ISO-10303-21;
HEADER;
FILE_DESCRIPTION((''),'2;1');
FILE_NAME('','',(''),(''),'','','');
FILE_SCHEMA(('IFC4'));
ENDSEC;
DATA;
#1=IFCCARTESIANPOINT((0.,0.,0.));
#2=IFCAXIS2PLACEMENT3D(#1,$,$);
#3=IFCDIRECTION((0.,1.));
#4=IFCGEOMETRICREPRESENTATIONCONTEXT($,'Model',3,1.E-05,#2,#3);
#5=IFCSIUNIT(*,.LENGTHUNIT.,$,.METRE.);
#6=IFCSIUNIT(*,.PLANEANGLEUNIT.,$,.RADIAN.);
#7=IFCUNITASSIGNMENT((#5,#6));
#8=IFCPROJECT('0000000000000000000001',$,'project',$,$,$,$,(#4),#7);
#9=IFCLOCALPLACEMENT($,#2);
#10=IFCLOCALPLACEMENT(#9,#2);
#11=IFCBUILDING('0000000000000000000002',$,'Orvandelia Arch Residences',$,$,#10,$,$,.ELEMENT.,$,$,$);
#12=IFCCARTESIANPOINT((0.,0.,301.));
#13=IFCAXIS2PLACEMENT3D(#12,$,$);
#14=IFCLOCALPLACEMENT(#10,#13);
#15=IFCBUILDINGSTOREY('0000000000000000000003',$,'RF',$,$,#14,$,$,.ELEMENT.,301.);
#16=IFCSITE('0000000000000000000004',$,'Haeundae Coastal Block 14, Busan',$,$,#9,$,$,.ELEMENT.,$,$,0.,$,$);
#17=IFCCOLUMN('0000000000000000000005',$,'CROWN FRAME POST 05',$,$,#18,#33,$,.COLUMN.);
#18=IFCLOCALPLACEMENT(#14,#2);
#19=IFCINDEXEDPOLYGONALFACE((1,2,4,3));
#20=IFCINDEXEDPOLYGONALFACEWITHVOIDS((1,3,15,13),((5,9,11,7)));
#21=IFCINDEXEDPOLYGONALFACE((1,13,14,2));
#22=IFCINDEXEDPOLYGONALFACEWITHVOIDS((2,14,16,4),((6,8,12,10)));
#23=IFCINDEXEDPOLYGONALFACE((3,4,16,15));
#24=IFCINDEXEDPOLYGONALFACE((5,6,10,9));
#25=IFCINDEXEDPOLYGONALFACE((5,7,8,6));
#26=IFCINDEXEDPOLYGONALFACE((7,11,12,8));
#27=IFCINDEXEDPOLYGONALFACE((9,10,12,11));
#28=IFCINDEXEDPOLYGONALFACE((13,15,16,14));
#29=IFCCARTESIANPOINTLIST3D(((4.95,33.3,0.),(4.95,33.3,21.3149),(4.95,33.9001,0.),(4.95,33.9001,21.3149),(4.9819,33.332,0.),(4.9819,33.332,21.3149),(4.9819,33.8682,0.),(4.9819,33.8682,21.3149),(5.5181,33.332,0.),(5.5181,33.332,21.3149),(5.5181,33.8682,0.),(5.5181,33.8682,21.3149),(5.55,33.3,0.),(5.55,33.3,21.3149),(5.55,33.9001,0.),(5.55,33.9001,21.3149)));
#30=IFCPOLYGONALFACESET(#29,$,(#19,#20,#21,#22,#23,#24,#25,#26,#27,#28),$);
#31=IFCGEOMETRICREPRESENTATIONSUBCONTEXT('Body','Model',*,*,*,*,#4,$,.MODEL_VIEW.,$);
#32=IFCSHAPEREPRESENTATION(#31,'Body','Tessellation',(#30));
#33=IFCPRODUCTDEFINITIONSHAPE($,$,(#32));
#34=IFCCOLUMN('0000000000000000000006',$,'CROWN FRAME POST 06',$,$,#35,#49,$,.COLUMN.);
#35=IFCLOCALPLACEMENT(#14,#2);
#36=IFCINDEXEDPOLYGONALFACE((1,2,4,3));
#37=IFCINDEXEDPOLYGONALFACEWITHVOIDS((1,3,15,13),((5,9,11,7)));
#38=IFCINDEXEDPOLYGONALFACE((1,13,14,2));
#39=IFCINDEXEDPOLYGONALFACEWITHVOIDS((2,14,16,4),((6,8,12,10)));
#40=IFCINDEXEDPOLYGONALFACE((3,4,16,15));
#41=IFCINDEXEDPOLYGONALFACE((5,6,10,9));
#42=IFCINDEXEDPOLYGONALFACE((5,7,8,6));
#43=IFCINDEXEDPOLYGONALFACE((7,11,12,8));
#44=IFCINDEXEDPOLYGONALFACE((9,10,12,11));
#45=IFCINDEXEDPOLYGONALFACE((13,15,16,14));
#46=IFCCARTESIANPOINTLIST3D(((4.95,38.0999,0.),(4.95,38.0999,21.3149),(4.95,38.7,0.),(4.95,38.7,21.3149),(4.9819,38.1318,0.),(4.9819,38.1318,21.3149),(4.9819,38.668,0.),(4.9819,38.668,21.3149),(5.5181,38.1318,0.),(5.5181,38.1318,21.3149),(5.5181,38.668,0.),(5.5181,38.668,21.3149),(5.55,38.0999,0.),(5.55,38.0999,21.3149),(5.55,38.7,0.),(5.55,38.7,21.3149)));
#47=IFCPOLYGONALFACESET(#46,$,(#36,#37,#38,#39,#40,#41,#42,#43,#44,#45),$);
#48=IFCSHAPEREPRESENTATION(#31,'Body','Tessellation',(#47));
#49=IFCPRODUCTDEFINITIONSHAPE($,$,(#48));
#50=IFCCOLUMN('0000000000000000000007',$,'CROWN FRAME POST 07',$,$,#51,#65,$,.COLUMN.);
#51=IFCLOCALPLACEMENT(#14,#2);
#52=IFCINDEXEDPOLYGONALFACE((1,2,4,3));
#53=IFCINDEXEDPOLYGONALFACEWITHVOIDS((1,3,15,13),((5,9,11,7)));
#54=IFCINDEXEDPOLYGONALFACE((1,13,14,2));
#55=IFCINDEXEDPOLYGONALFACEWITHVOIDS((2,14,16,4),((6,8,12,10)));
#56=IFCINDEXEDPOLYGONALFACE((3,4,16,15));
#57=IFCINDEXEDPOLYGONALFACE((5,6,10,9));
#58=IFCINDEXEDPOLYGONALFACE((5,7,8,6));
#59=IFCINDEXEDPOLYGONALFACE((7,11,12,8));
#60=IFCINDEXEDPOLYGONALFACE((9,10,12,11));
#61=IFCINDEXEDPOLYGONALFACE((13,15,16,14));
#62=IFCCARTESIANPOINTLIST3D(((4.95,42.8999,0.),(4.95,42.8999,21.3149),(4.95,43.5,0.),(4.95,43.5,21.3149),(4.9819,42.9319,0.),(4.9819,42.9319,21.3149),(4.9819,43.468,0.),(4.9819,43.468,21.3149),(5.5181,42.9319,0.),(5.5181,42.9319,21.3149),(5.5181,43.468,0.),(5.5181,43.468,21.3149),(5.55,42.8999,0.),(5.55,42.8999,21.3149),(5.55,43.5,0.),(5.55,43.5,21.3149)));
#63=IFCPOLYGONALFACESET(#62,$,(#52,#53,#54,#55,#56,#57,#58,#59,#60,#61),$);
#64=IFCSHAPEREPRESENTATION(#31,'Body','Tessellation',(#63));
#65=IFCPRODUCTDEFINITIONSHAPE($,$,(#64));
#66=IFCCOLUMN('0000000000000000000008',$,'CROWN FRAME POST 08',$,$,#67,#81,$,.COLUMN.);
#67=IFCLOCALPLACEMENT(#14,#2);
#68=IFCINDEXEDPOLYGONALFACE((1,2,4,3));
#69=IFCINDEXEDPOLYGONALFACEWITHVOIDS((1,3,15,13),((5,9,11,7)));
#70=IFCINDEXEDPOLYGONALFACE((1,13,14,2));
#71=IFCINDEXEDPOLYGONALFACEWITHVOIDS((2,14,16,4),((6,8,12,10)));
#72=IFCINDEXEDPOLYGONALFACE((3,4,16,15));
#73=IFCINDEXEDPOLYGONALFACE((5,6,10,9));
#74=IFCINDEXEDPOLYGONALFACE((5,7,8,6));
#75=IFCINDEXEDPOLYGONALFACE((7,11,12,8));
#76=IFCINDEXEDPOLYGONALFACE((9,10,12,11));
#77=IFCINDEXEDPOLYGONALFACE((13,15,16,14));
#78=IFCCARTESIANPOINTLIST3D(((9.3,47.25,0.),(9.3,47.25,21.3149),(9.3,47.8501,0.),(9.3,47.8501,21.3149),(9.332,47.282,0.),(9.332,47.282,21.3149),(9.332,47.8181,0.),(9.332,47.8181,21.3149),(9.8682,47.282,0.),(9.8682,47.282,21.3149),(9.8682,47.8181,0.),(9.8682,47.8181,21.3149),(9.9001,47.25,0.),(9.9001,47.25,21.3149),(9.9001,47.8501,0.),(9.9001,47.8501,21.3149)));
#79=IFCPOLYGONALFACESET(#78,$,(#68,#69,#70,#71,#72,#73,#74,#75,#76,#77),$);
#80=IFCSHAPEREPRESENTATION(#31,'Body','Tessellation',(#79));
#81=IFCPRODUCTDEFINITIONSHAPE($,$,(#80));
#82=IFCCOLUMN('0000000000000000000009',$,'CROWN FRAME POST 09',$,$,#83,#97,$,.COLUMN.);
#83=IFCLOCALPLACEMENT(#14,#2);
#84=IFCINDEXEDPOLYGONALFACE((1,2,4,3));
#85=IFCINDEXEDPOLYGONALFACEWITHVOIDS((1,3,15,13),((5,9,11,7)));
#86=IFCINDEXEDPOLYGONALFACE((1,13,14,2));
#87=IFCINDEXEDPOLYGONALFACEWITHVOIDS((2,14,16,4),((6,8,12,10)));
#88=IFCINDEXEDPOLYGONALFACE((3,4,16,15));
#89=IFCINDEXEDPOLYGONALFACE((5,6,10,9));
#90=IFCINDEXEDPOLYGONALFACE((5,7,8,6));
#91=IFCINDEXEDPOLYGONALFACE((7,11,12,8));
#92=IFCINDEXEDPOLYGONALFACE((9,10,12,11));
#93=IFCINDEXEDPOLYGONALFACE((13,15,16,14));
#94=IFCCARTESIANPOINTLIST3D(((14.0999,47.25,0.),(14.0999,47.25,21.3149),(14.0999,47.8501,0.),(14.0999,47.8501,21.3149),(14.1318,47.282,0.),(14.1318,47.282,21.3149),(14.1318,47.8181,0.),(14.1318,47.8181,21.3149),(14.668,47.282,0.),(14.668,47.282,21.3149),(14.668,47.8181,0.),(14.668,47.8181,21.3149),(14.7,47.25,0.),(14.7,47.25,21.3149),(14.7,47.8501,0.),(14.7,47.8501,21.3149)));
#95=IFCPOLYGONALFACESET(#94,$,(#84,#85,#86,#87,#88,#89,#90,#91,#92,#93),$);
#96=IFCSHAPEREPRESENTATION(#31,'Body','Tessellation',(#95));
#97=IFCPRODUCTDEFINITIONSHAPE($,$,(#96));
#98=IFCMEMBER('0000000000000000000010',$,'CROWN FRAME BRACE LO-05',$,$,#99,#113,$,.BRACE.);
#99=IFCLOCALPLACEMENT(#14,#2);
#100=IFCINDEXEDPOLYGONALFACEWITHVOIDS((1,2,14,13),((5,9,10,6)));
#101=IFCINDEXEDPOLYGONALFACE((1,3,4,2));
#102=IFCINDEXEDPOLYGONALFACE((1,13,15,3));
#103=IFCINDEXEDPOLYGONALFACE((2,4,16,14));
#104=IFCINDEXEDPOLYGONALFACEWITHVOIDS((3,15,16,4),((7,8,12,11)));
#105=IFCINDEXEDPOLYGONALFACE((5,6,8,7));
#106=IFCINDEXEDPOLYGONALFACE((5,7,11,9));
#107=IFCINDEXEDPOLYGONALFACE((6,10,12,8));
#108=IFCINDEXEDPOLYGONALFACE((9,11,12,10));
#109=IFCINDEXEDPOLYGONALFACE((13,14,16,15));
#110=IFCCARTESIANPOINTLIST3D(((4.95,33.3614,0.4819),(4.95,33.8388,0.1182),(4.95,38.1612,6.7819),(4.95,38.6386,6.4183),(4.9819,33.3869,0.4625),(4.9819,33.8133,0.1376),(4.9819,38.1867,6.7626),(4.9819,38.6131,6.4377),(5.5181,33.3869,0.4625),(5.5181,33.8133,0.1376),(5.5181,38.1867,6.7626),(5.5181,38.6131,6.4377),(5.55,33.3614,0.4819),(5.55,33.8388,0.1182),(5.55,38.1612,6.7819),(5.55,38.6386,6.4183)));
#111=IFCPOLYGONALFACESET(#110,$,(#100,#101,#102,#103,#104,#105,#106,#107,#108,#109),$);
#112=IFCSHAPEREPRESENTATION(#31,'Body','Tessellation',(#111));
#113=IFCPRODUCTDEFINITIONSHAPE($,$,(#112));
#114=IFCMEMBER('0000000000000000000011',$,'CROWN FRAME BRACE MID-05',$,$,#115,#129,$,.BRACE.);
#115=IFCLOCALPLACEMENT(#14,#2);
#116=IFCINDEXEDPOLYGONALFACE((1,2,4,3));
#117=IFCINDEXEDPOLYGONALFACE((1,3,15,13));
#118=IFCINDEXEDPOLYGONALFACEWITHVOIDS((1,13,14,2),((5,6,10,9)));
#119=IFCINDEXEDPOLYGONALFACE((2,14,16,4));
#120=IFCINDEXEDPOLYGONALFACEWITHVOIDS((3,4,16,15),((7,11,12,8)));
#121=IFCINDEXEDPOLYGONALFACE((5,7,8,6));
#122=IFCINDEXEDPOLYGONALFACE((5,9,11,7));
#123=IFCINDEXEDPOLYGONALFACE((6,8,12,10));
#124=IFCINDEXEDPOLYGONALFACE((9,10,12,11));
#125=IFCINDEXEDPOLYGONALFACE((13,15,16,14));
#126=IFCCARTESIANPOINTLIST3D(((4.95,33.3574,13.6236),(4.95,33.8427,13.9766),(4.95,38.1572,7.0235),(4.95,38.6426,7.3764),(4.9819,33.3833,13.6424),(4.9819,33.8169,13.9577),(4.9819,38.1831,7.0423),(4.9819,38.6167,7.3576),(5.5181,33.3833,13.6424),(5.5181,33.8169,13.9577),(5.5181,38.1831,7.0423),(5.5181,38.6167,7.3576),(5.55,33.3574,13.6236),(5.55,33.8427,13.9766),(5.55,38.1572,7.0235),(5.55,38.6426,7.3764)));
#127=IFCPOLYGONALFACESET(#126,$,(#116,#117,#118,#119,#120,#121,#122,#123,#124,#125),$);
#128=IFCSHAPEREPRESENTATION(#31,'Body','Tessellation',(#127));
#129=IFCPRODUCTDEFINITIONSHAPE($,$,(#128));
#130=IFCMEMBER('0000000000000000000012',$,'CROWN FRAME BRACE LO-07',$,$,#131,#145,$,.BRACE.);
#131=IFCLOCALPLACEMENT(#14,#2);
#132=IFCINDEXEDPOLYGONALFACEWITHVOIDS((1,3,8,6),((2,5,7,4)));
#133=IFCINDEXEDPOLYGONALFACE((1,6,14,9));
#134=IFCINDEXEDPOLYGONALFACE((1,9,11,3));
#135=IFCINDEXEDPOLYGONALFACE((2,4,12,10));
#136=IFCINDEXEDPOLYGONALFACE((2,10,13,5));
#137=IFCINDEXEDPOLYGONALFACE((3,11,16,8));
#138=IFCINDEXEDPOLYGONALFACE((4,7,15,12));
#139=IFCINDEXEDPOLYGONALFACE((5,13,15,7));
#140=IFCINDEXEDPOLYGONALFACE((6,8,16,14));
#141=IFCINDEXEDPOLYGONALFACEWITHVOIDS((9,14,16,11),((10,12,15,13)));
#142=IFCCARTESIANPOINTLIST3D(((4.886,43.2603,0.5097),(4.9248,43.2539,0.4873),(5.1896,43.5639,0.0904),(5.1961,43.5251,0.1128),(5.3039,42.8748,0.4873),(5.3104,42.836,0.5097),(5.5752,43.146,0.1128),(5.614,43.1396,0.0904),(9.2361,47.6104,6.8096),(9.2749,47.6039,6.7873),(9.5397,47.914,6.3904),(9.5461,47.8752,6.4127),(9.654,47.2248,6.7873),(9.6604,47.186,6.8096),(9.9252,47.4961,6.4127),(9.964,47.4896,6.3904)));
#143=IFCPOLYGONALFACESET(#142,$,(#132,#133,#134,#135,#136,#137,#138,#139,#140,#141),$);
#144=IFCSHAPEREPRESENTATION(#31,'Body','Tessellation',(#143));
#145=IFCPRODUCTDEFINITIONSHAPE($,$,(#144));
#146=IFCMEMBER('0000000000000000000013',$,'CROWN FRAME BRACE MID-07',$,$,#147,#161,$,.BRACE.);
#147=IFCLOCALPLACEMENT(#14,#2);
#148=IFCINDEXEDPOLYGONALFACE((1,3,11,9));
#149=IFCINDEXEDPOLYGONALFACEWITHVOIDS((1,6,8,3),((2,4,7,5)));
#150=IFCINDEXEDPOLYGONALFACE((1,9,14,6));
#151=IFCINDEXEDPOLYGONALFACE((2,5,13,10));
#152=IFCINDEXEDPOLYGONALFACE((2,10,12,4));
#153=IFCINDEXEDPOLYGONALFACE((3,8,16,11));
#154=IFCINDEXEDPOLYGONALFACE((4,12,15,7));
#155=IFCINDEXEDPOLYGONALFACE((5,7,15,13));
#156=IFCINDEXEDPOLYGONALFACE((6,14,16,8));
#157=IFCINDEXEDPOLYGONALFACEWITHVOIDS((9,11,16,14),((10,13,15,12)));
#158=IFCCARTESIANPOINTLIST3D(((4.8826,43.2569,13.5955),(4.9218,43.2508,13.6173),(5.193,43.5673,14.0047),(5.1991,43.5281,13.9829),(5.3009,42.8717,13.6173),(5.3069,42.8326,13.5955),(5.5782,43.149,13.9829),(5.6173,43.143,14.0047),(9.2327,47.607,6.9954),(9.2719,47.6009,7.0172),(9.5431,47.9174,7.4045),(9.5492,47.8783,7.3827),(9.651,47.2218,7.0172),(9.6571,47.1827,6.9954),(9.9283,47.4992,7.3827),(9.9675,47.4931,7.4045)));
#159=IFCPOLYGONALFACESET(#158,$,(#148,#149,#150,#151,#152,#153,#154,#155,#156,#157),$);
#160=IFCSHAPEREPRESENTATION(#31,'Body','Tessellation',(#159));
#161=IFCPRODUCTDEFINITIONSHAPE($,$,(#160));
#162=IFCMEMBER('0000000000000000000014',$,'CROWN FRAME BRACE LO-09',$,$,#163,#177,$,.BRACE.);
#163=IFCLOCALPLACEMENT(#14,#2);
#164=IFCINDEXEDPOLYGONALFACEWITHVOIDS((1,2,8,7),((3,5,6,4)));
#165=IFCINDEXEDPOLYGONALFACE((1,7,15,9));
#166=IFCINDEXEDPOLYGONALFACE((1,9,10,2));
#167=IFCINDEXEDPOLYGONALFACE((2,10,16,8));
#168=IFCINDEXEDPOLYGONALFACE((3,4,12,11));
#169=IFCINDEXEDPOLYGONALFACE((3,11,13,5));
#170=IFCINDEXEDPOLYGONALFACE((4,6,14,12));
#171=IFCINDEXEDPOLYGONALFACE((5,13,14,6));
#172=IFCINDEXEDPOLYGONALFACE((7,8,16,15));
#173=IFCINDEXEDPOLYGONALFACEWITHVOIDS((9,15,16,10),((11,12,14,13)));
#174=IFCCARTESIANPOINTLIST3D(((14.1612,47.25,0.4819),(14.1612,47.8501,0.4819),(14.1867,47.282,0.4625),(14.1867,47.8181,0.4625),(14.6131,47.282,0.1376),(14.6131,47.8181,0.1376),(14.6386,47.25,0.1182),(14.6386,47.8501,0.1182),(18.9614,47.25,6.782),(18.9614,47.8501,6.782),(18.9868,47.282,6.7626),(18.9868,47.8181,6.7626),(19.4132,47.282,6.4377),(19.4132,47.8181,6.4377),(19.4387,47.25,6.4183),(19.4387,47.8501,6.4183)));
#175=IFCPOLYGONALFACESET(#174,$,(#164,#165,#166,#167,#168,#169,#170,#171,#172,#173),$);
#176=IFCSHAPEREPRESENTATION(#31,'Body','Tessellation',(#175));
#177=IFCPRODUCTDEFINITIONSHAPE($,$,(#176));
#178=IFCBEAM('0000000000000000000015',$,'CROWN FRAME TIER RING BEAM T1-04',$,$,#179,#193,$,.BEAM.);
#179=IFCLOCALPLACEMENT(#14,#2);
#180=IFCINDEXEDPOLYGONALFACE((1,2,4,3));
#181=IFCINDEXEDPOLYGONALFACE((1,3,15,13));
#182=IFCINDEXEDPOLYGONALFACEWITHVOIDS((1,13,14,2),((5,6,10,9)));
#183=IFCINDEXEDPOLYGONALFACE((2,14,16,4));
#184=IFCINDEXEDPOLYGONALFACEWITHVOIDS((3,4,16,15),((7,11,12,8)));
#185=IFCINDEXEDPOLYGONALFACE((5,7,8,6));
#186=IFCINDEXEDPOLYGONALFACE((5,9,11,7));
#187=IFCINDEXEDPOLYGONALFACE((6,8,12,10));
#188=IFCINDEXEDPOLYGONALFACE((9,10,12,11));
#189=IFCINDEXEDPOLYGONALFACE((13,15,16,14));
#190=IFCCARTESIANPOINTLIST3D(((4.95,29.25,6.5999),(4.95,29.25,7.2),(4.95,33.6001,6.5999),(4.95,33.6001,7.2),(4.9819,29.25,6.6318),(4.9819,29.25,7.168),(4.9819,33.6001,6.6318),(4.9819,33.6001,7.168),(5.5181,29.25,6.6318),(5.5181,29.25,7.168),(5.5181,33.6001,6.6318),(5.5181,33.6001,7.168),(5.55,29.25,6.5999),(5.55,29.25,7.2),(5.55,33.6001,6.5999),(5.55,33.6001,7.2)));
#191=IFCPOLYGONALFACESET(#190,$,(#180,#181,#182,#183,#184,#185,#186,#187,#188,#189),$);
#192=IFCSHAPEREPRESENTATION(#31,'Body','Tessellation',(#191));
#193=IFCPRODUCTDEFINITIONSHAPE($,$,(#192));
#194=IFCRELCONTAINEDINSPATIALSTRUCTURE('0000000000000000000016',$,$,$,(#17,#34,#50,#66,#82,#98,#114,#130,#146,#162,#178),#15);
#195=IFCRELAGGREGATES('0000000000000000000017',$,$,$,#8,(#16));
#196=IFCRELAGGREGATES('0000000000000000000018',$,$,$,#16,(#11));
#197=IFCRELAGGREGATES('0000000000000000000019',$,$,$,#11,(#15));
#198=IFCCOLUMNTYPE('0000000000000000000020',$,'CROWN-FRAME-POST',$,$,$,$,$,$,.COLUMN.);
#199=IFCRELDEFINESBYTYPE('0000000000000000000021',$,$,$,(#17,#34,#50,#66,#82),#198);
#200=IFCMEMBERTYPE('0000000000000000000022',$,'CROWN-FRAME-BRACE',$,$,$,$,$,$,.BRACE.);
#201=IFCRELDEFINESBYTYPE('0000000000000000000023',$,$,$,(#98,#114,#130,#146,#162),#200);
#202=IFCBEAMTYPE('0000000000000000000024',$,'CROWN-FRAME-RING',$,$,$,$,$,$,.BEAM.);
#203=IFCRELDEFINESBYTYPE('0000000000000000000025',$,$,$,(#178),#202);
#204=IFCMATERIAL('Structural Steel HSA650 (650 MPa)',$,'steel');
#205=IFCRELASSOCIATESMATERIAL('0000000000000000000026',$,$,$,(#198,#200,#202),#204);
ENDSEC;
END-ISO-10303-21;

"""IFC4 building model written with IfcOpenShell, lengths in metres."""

from ifc_helpers import new_model, si_unit, direction, frame, origin, origin_2d, place, context, subcontext, project, spatial, hollow_rectangle, extrude, material, material_profile, profile_set, type_object, element, save


model = new_model("IFC4")

# Units and contexts
model_context = context("Model", 3, precision=1e-05, world=origin(), true_north=direction((0.0, 1.0)))
body_context = subcontext(model_context, "Body", "Model", "MODEL_VIEW")
ifc_project = project(units=[si_unit("LENGTHUNIT", "METRE"), si_unit("PLANEANGLEUNIT", "RADIAN")], contexts=[model_context])

# Site, building, storey
site_placement = place(None, origin())
site = spatial("IfcSite", under=ifc_project, at=site_placement, Name="Haeundae Coastal Block 14, Busan", CompositionType="ELEMENT", RefElevation=0.0)
building_placement = place(site_placement, origin())
building = spatial("IfcBuilding", under=site, at=building_placement, Name="Orvandelia Arch Residences", CompositionType="ELEMENT")
storey_placement = place(building_placement, frame((0.0, 0.0, 301.0)))
storey = spatial("IfcBuildingStorey", under=building, at=storey_placement, Name="RF", CompositionType="ELEMENT", Elevation=301.0)

# Columns
ifc_material_1 = material(Name="Structural Steel HSA650 (650 MPa)", Category="steel")
ifc_material_profile_1 = material_profile(ifc_material_1, hollow_rectangle(XDim=0.6001, YDim=0.6001, WallThickness=0.032, at=origin_2d()), Name="Structural Steel HSA650 (650 MPa)", Category="steel")
ifc_profile_set_1 = profile_set([ifc_material_profile_1], Name="Structural Steel HSA650 (650 MPa)")
column_type = type_object("IfcColumnType", Name="CROWN-FRAME-POST", PredefinedType="COLUMN", material=ifc_profile_set_1)
for number, where, z_axis, x_axis, name in (
    (1, (5.25, 33.6001, 0.0), (0.0, 0.0, 1.0), (1.0, 0.0, 0.0), "CROWN FRAME POST 05"),
    (2, (5.25, 38.3999, 0.0), (0.0, 0.0, 1.0), (1.0, 0.0, 0.0), "CROWN FRAME POST 06"),
    (3, (5.25, 43.2, 0.0), (0.0, 0.0, 1.0), (1.0, 0.0, 0.0), "CROWN FRAME POST 07"),
    (4, (9.6001, 47.55, 0.0), (0.0, 0.0, 1.0), (1.0, 0.0, 0.0), "CROWN FRAME POST 08"),
    (5, (14.3999, 47.55, 0.0), (0.0, 0.0, 1.0), (1.0, 0.0, 0.0), "CROWN FRAME POST 09"),
):
    element("IfcColumn", number, at=place(storey_placement, frame(where, z_axis=z_axis, x_axis=x_axis)), inside=storey, type_object=column_type, Name=name, PredefinedType="COLUMN", context=body_context, shape_type="SweptSolid", body=[
        extrude(hollow_rectangle(XDim=0.6001, YDim=0.6001, WallThickness=0.032, at=origin_2d()), origin(), (0.0, 0.0, 1.0), 21.3149),
    ])

# Members
ifc_material_profile_2 = material_profile(ifc_material_1, hollow_rectangle(XDim=0.6001, YDim=0.6001, WallThickness=0.032, at=origin_2d()), Name="Structural Steel HSA650 (650 MPa)", Category="steel")
ifc_profile_set_2 = profile_set([ifc_material_profile_2], Name="Structural Steel HSA650 (650 MPa)")
member_type = type_object("IfcMemberType", Name="CROWN-FRAME-BRACE", PredefinedType="BRACE", material=ifc_profile_set_2)
member_1_placement = place(storey_placement, frame((5.25, 33.6001, 0.3), z_axis=(0.0, 0.606025, 0.795446), x_axis=(-1.0, 0.0, 0.0)))
element("IfcMember", 6, at=member_1_placement, inside=storey, type_object=member_type, Name="CROWN FRAME BRACE LO-05", PredefinedType="BRACE", context=body_context, shape_type="SweptSolid", body=[
    extrude(hollow_rectangle(XDim=0.6001, YDim=0.6001, WallThickness=0.032, at=origin_2d()), origin(), (0.0, 0.0, 1.0), 7.9202),
])
member_2_placement = place(storey_placement, frame((5.25, 38.3999, 7.2), z_axis=(0.0, -0.58815, 0.808752), x_axis=(1.0, 0.0, 0.0)))
element("IfcMember", 7, at=member_2_placement, inside=storey, type_object=member_type, Name="CROWN FRAME BRACE MID-05", PredefinedType="BRACE", context=body_context, shape_type="SweptSolid", body=[
    extrude(hollow_rectangle(XDim=0.6001, YDim=0.6001, WallThickness=0.032, at=origin_2d()), origin(), (0.0, 0.0, 1.0), 8.1609),
])
member_3_placement = place(storey_placement, frame((5.25, 43.2, 0.3), z_axis=(0.494019, 0.494019, 0.715465), x_axis=(-0.707107, 0.707107, 0.0)))
element("IfcMember", 8, at=member_3_placement, inside=storey, type_object=member_type, Name="CROWN FRAME BRACE LO-07", PredefinedType="BRACE", context=body_context, shape_type="SweptSolid", body=[
    extrude(hollow_rectangle(XDim=0.6001, YDim=0.6001, WallThickness=0.032, at=origin_2d()), origin(), (0.0, 0.0, 1.0), 8.8054),
])
member_4_placement = place(storey_placement, frame((9.6001, 47.55, 7.2), z_axis=(-0.482131, -0.482131, 0.731504), x_axis=(0.707107, -0.707107, 0.0)))
element("IfcMember", 9, at=member_4_placement, inside=storey, type_object=member_type, Name="CROWN FRAME BRACE MID-07", PredefinedType="BRACE", context=body_context, shape_type="SweptSolid", body=[
    extrude(hollow_rectangle(XDim=0.6001, YDim=0.6001, WallThickness=0.032, at=origin_2d()), origin(), (0.0, 0.0, 1.0), 9.0227),
])
member_5_placement = place(storey_placement, frame((14.3999, 47.55, 0.3), z_axis=(0.606044, 0.0, 0.795431), x_axis=(0.0, 1.0, 0.0)))
element("IfcMember", 10, at=member_5_placement, inside=storey, type_object=member_type, Name="CROWN FRAME BRACE LO-09", PredefinedType="BRACE", context=body_context, shape_type="SweptSolid", body=[
    extrude(hollow_rectangle(XDim=0.6001, YDim=0.6001, WallThickness=0.032, at=origin_2d()), origin(), (0.0, 0.0, 1.0), 7.9204),
])

# Beam
ifc_material_profile_3 = material_profile(ifc_material_1, hollow_rectangle(XDim=0.6001, YDim=0.6001, WallThickness=0.032, at=origin_2d()), Name="Structural Steel HSA650 (650 MPa)", Category="steel")
ifc_profile_set_3 = profile_set([ifc_material_profile_3], Name="Structural Steel HSA650 (650 MPa)")
beam_type = type_object("IfcBeamType", Name="CROWN-FRAME-RING", PredefinedType="BEAM", material=ifc_profile_set_3)
beam_1_placement = place(storey_placement, frame((5.25, 29.25, 6.8999), z_axis=(0.0, 1.0, 0.0), x_axis=(-1.0, 0.0, 0.0)))
element("IfcBeam", 11, at=beam_1_placement, inside=storey, type_object=beam_type, Name="CROWN FRAME TIER RING BEAM T1-04", PredefinedType="BEAM", context=body_context, shape_type="SweptSolid", body=[
    extrude(hollow_rectangle(XDim=0.6001, YDim=0.6001, WallThickness=0.032, at=origin_2d()), origin(), (0.0, 0.0, 1.0), 4.3501),
])

save(model, "model.ifc")
